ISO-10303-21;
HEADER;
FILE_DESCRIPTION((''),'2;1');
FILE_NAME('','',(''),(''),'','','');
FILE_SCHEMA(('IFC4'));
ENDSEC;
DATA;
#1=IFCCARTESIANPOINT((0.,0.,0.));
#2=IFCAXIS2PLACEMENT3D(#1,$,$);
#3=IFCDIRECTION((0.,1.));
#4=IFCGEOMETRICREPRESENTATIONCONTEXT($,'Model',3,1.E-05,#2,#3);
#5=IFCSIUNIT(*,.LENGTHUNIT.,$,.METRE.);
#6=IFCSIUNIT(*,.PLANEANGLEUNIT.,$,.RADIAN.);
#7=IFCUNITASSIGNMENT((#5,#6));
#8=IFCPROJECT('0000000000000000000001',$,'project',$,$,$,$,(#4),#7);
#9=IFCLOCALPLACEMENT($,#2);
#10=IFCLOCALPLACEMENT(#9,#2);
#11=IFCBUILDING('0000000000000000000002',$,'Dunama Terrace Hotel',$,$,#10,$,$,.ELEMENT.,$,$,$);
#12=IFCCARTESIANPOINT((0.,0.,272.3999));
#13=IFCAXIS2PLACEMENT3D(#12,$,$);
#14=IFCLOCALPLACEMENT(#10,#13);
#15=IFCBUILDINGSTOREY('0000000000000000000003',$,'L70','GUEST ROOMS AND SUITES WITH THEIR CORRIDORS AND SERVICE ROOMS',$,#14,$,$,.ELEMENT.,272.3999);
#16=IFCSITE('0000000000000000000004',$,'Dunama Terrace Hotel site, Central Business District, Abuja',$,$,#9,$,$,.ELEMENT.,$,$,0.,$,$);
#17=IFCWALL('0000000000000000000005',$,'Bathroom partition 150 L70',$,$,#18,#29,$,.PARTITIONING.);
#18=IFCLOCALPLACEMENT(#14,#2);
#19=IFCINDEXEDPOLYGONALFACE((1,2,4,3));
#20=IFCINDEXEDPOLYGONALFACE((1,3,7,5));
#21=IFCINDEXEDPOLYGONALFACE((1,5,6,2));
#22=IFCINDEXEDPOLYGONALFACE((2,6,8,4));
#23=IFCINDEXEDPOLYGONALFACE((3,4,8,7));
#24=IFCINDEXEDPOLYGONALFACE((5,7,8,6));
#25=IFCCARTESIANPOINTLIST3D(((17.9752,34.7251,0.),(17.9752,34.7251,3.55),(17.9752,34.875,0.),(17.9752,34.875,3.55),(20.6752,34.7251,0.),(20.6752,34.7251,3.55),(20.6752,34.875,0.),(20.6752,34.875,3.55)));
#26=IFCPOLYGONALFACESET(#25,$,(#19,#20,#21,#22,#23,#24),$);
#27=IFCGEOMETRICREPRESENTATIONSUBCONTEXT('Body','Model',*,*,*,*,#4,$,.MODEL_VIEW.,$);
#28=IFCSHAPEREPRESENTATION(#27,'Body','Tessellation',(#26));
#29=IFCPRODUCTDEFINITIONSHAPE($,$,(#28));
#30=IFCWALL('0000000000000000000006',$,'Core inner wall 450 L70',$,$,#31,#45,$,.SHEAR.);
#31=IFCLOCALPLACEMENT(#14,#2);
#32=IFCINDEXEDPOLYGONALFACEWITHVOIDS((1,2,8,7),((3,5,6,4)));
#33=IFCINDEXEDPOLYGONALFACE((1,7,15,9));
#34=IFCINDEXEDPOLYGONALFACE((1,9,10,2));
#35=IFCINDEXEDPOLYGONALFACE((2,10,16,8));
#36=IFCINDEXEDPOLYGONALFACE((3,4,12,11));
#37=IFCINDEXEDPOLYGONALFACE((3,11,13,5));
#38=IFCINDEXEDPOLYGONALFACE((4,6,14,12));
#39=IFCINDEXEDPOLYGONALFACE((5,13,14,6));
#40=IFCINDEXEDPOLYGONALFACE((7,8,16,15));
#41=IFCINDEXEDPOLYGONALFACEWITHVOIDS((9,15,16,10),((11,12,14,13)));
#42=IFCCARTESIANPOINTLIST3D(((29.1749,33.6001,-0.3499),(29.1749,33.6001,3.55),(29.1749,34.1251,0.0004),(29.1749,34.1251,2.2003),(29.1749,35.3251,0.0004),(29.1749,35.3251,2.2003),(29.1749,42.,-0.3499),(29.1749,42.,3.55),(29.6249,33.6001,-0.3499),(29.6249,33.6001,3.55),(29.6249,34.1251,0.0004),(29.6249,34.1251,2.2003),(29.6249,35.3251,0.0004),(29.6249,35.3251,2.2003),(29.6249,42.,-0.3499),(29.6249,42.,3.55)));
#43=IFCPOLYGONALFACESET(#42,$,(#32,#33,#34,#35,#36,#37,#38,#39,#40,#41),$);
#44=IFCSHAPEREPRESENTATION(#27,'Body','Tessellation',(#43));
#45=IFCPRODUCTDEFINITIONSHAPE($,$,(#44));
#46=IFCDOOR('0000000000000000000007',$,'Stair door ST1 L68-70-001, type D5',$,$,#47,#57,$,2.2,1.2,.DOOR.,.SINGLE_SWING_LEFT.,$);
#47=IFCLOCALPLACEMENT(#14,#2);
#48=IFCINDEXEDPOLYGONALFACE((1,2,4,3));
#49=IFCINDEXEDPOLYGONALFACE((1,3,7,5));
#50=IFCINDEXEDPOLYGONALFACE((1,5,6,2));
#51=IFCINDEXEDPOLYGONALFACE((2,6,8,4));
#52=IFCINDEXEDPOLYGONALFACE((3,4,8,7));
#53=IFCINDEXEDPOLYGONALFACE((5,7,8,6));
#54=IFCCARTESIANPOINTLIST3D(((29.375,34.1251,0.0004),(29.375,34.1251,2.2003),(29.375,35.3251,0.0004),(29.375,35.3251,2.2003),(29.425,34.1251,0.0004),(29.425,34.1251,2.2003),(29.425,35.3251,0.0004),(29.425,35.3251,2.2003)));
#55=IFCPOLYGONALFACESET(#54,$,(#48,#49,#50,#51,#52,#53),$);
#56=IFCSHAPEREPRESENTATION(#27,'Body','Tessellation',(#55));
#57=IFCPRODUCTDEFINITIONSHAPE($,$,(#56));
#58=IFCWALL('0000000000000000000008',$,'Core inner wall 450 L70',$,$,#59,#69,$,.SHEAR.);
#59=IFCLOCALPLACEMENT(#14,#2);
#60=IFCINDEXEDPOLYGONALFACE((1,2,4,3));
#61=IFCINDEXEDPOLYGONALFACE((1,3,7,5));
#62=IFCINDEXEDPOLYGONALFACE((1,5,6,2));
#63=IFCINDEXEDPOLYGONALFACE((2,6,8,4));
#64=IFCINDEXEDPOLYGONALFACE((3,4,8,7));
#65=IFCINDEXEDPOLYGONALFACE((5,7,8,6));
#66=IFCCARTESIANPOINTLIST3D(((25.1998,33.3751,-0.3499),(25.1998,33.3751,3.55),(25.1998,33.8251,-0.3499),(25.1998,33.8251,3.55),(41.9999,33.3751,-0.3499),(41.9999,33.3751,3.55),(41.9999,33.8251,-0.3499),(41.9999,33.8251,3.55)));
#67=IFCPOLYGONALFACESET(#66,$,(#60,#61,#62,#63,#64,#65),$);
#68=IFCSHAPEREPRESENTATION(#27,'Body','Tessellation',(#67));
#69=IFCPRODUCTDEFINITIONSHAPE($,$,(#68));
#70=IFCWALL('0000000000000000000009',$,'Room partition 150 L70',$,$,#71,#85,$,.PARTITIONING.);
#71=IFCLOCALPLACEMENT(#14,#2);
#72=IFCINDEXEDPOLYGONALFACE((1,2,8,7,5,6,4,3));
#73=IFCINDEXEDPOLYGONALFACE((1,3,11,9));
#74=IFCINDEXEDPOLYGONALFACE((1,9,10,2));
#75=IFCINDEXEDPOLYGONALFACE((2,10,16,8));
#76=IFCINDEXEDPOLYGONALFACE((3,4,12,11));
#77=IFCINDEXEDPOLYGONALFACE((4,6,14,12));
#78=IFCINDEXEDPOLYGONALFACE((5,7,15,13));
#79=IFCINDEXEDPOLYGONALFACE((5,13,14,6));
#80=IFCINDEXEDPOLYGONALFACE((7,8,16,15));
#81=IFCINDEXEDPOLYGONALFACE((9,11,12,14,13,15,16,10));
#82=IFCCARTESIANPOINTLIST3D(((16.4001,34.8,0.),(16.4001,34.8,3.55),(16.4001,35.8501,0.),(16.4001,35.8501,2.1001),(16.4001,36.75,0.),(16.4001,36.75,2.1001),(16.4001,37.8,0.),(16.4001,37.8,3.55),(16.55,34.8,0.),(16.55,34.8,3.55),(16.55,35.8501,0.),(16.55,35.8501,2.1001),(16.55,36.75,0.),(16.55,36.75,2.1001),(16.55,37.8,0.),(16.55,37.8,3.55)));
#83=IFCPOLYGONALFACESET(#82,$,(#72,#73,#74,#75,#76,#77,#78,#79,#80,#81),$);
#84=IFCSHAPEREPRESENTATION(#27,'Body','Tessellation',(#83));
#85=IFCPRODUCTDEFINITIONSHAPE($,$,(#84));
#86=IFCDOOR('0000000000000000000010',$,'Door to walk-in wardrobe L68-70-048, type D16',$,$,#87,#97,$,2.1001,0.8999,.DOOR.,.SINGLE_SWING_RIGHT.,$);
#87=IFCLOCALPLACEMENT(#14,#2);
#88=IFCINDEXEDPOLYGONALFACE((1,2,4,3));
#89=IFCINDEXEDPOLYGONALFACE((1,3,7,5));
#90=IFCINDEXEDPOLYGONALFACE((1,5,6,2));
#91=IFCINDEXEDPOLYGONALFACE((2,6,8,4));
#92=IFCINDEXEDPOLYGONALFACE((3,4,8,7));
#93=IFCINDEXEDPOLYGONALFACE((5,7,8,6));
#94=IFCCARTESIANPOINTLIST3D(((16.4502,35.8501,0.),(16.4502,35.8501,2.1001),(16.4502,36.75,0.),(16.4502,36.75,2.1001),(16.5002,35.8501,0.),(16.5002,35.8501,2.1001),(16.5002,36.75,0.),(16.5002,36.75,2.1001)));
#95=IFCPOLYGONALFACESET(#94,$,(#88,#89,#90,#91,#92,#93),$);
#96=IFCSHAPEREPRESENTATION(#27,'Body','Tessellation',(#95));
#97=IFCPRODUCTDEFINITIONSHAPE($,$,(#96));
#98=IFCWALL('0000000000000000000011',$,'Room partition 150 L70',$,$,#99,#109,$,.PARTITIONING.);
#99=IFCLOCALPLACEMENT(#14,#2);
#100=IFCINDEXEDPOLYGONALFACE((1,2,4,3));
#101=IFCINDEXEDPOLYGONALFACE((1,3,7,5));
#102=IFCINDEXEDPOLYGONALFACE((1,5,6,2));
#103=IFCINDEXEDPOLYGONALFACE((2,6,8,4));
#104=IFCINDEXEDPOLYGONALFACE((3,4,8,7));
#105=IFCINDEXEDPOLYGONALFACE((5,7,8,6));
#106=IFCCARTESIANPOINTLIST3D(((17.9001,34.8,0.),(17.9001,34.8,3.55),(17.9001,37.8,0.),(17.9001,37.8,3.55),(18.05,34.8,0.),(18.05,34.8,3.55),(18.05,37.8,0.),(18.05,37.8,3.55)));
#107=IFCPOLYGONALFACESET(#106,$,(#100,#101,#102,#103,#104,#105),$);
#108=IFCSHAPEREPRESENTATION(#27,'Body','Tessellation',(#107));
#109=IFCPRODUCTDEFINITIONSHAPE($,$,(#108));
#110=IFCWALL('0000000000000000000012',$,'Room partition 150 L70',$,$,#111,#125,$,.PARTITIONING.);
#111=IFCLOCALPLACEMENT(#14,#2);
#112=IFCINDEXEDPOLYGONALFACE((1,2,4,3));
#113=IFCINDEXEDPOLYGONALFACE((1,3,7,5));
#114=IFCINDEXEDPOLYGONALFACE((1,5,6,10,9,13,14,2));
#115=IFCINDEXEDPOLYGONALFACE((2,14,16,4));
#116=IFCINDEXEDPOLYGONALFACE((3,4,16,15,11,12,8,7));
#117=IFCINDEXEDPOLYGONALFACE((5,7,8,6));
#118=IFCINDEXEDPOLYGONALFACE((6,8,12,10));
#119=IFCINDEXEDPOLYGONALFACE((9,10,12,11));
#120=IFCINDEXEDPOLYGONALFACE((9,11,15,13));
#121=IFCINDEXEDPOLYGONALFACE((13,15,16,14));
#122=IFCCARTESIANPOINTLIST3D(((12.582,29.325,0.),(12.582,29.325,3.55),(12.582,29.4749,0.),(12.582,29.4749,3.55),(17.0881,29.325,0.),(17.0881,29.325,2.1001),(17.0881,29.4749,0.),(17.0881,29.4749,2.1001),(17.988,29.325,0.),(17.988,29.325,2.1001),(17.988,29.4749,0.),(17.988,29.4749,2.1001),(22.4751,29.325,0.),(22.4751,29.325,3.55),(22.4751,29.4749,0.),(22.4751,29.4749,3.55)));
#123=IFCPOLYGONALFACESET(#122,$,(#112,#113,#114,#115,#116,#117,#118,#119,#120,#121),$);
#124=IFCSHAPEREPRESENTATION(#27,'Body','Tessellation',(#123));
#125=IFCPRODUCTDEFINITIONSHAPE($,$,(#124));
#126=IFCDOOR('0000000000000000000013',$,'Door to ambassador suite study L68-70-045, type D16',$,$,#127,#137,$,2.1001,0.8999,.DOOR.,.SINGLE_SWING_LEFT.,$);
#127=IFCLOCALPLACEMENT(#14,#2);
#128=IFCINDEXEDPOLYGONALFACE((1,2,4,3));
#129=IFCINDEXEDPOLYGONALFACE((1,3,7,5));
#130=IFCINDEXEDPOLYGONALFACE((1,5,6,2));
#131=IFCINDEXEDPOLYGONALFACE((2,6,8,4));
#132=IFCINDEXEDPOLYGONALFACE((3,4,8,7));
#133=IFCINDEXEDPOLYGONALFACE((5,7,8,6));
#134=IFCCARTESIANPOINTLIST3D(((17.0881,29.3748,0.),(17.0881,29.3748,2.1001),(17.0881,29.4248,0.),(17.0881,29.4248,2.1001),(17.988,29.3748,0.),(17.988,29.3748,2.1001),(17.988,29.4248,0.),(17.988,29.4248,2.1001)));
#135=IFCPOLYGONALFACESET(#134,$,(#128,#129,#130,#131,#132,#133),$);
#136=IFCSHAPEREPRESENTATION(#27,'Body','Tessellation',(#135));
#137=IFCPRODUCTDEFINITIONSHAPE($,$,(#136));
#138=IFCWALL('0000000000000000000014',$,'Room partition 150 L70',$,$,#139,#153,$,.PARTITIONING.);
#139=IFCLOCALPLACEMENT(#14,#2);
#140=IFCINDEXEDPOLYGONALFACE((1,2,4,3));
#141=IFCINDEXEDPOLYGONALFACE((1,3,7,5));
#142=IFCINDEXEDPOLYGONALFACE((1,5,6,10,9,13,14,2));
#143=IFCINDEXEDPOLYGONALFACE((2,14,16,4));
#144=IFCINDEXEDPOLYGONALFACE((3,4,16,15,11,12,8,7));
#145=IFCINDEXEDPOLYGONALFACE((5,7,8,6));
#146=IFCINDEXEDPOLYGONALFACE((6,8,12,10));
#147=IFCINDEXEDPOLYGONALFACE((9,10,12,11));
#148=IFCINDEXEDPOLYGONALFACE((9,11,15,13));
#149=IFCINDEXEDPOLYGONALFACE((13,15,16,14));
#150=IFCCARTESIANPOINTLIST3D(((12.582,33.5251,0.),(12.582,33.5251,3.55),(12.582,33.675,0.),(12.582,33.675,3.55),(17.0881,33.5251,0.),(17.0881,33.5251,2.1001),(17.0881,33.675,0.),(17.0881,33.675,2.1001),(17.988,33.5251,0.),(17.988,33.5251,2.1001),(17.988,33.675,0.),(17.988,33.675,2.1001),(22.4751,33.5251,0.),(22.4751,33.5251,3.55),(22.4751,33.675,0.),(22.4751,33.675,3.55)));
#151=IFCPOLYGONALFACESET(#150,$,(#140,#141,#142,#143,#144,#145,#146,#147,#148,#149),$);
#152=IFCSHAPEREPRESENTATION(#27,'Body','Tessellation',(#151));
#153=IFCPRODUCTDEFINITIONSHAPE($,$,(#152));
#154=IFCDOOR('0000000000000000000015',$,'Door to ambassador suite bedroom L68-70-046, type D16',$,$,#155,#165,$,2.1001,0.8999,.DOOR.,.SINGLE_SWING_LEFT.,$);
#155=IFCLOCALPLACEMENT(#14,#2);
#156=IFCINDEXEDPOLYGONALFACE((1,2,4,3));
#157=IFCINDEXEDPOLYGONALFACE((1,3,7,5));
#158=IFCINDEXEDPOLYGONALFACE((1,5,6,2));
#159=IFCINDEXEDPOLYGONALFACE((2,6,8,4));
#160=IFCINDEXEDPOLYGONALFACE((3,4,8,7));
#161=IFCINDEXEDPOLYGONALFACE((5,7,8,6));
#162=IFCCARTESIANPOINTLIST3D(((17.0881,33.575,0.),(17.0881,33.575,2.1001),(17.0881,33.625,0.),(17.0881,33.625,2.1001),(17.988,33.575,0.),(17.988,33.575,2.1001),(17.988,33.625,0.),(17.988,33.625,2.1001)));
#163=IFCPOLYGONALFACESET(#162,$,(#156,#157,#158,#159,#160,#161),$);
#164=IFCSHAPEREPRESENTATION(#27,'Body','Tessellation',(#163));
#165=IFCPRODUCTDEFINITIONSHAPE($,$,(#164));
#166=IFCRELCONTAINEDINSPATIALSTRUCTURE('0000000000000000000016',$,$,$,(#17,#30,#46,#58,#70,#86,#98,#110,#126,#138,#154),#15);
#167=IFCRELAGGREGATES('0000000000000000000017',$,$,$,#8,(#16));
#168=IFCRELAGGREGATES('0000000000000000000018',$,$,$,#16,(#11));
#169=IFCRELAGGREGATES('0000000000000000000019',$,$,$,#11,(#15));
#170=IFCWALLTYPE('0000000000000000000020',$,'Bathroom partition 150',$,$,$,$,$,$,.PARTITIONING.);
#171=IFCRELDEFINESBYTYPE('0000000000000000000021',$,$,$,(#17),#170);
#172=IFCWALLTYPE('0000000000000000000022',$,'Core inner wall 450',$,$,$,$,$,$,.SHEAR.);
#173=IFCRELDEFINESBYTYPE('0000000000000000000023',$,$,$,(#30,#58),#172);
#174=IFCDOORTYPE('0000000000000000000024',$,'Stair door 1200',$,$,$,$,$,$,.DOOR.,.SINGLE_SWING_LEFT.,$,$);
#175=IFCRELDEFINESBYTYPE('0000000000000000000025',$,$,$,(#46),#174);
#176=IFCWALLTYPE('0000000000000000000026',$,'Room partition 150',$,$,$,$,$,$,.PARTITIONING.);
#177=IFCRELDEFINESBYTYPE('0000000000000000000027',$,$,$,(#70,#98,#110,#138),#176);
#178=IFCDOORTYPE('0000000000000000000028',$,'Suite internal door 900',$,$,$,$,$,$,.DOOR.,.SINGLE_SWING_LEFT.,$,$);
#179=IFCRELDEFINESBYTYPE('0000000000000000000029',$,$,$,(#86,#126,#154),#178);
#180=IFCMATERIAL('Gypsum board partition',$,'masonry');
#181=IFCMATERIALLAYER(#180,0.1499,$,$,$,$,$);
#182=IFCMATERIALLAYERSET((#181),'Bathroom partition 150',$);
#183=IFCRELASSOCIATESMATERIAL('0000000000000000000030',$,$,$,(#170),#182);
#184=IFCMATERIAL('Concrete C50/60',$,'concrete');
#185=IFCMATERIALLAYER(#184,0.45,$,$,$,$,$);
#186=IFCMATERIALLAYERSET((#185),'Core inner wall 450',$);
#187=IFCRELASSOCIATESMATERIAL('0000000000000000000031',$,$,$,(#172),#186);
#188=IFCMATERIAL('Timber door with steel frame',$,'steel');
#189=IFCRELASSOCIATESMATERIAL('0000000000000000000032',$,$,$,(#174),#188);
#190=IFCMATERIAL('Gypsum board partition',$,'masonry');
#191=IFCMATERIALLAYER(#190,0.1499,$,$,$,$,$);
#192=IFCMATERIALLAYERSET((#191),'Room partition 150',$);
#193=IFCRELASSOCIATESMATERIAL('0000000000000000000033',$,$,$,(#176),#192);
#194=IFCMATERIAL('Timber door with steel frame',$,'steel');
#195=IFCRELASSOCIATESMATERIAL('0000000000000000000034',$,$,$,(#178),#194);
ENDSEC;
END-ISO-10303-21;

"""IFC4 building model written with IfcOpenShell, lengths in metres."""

from ifc_helpers import new_model, si_unit, direction, frame, frame_2d, origin, place, context, subcontext, project, spatial, rectangle, extrude, material, layer, layer_set, type_object, element, fill, save


model = new_model("IFC4")

# Units and contexts
model_context = context("Model", 3, precision=1e-05, world=origin(), true_north=direction((0.0, 1.0)))
body_context = subcontext(model_context, "Body", "Model", "MODEL_VIEW")
ifc_project = project(units=[si_unit("LENGTHUNIT", "METRE"), si_unit("PLANEANGLEUNIT", "RADIAN")], contexts=[model_context])

# Site, building, storey
site_placement = place(None, origin())
site = spatial("IfcSite", under=ifc_project, at=site_placement, Name="Dunama Terrace Hotel site, Central Business District, Abuja", CompositionType="ELEMENT", RefElevation=0.0)
building_placement = place(site_placement, origin())
building = spatial("IfcBuilding", under=site, at=building_placement, Name="Dunama Terrace Hotel", CompositionType="ELEMENT")
storey_placement = place(building_placement, frame((0.0, 0.0, 272.3999)))
storey = spatial("IfcBuildingStorey", under=building, at=storey_placement, Name="L70", Description="GUEST ROOMS AND SUITES WITH THEIR CORRIDORS AND SERVICE ROOMS", CompositionType="ELEMENT", Elevation=272.3999)

# Shared definitions
ifc_material_1 = material(Name="Gypsum board partition", Category="masonry")
ifc_layer_1 = layer(ifc_material_1, 0.1499)
ifc_layer_set_1 = layer_set([ifc_layer_1], Name="Bathroom partition 150")
wall_type_1 = type_object("IfcWallType", Name="Bathroom partition 150", PredefinedType="PARTITIONING", material=ifc_layer_set_1)

# Wall
wall_1_placement = place(storey_placement, frame((17.9751, 34.8, 0.0), z_axis=(0.0, 0.0, 1.0), x_axis=(1.0, 0.0, 0.0)))
element("IfcWall", 1, at=wall_1_placement, inside=storey, type_object=wall_type_1, Name="Bathroom partition 150 L70", PredefinedType="PARTITIONING", context=body_context, shape_type="SweptSolid", body=[
    extrude(rectangle(XDim=2.7, YDim=0.1499, at=frame_2d((1.3501, 0.0))), origin(), (0.0, 0.0, 1.0), 3.55),
])

# Wall, opening, door
ifc_material_2 = material(Name="Concrete C50/60", Category="concrete")
ifc_layer_2 = layer(ifc_material_2, 0.45)
ifc_layer_set_2 = layer_set([ifc_layer_2], Name="Core inner wall 450")
wall_type_2 = type_object("IfcWallType", Name="Core inner wall 450", PredefinedType="SHEAR", material=ifc_layer_set_2)
wall_2_placement = place(storey_placement, frame((29.3999, 33.6001, -0.3499), z_axis=(0.0, 0.0, 1.0), x_axis=(0.0, 1.0, 0.0)))
wall_2 = element("IfcWall", 2, at=wall_2_placement, inside=storey, type_object=wall_type_2, Name="Core inner wall 450 L70", PredefinedType="SHEAR", context=body_context, shape_type="SweptSolid", body=[
    extrude(rectangle(XDim=8.3999, YDim=0.45, at=frame_2d((4.2, 0.0))), origin(), (0.0, 0.0, 1.0), 3.8999),
])
opening_1_placement = place(wall_2_placement, frame((0.5249, 0.0, 0.3501)))
opening_1 = element("IfcOpeningElement", 3, at=opening_1_placement, cuts=wall_2, PredefinedType="OPENING", context=body_context, shape_type="SweptSolid", body=[
    extrude(rectangle(XDim=1.2, YDim=2.2, at=frame_2d((0.6001, 1.1001))), frame((0.0, 0.2349, 0.0), z_axis=(0.0, -1.0, 0.0), x_axis=(1.0, 0.0, 0.0)), (0.0, 0.0, 1.0), 0.47),
])
ifc_material_3 = material(Name="Timber door with steel frame", Category="steel")
door_type_1 = type_object("IfcDoorType", Name="Stair door 1200", OperationType="SINGLE_SWING_LEFT", PredefinedType="DOOR", material=ifc_material_3)
door_1_placement = place(opening_1_placement, origin())
door_1 = element("IfcDoor", 4, at=door_1_placement, inside=storey, type_object=door_type_1, Name="Stair door ST1 L68-70-001, type D5", OperationType="SINGLE_SWING_LEFT", OverallHeight=2.2, OverallWidth=1.2, PredefinedType="DOOR", context=body_context, shape_type="SweptSolid", body=[
    extrude(rectangle(XDim=1.2, YDim=2.2, at=frame_2d((0.6001, 1.1001))), frame((0.0, 0.0249, 0.0), z_axis=(0.0, -1.0, 0.0), x_axis=(1.0, 0.0, 0.0)), (0.0, 0.0, 1.0), 0.05),
])
fill(opening_1, door_1)

# Wall
wall_3_placement = place(storey_placement, frame((25.2, 33.6001, -0.3499), z_axis=(0.0, 0.0, 1.0), x_axis=(1.0, 0.0, 0.0)))
element("IfcWall", 5, at=wall_3_placement, inside=storey, type_object=wall_type_2, Name="Core inner wall 450 L70", PredefinedType="SHEAR", context=body_context, shape_type="SweptSolid", body=[
    extrude(rectangle(XDim=16.8, YDim=0.45, at=frame_2d((8.3999, 0.0))), origin(), (0.0, 0.0, 1.0), 3.8999),
])

# Wall, opening, door
ifc_material_4 = material(Name="Gypsum board partition", Category="masonry")
ifc_layer_3 = layer(ifc_material_4, 0.1499)
ifc_layer_set_3 = layer_set([ifc_layer_3], Name="Room partition 150")
wall_type_3 = type_object("IfcWallType", Name="Room partition 150", PredefinedType="PARTITIONING", material=ifc_layer_set_3)
wall_4_placement = place(storey_placement, frame((16.4751, 34.8, 0.0), z_axis=(0.0, 0.0, 1.0), x_axis=(0.0, 1.0, 0.0)))
wall_4 = element("IfcWall", 6, at=wall_4_placement, inside=storey, type_object=wall_type_3, Name="Room partition 150 L70", PredefinedType="PARTITIONING", context=body_context, shape_type="SweptSolid", body=[
    extrude(rectangle(XDim=3.0, YDim=0.1499, at=frame_2d((1.5, 0.0))), origin(), (0.0, 0.0, 1.0), 3.55),
])
opening_2_placement = place(wall_4_placement, frame((1.05, 0.0, 0.0)))
opening_2 = element("IfcOpeningElement", 7, at=opening_2_placement, cuts=wall_4, PredefinedType="OPENING", context=body_context, shape_type="SweptSolid", body=[
    extrude(rectangle(XDim=0.8999, YDim=2.1001, at=frame_2d((0.45, 1.05))), frame((0.0, 0.085, 0.0), z_axis=(0.0, -1.0, 0.0), x_axis=(1.0, 0.0, 0.0)), (0.0, 0.0, 1.0), 0.1699),
])
ifc_material_5 = material(Name="Timber door with steel frame", Category="steel")
door_type_2 = type_object("IfcDoorType", Name="Suite internal door 900", OperationType="SINGLE_SWING_LEFT", PredefinedType="DOOR", material=ifc_material_5)
door_2_placement = place(opening_2_placement, frame((0.8999, 0.0, 0.0), z_axis=(0.0, 0.0, 1.0), x_axis=(-1.0, 0.0, 0.0)))
door_2 = element("IfcDoor", 8, at=door_2_placement, inside=storey, type_object=door_type_2, Name="Door to walk-in wardrobe L68-70-048, type D16", OperationType="SINGLE_SWING_RIGHT", OverallHeight=2.1001, OverallWidth=0.8999, PredefinedType="DOOR", context=body_context, shape_type="SweptSolid", body=[
    extrude(rectangle(XDim=0.8999, YDim=2.1001, at=frame_2d((0.45, 1.05))), frame((0.0, 0.0251, 0.0), z_axis=(0.0, -1.0, 0.0), x_axis=(1.0, 0.0, 0.0)), (0.0, 0.0, 1.0), 0.05),
])
fill(opening_2, door_2)

# Wall
wall_5_placement = place(storey_placement, frame((17.9751, 34.8, 0.0), z_axis=(0.0, 0.0, 1.0), x_axis=(0.0, 1.0, 0.0)))
element("IfcWall", 9, at=wall_5_placement, inside=storey, type_object=wall_type_3, Name="Room partition 150 L70", PredefinedType="PARTITIONING", context=body_context, shape_type="SweptSolid", body=[
    extrude(rectangle(XDim=3.0, YDim=0.1499, at=frame_2d((1.5, 0.0))), origin(), (0.0, 0.0, 1.0), 3.55),
])

# Walls, openings, doors
wall_6_placement = place(storey_placement, frame((12.582, 29.3999, 0.0), z_axis=(0.0, 0.0, 1.0), x_axis=(1.0, 0.0, 0.0)))
wall_6 = element("IfcWall", 10, at=wall_6_placement, inside=storey, type_object=wall_type_3, Name="Room partition 150 L70", PredefinedType="PARTITIONING", context=body_context, shape_type="SweptSolid", body=[
    extrude(rectangle(XDim=9.8931, YDim=0.1499, at=frame_2d((4.9465, 0.0))), origin(), (0.0, 0.0, 1.0), 3.55),
])
opening_3_placement = place(wall_6_placement, frame((4.5061, 0.0, 0.0)))
opening_3 = element("IfcOpeningElement", 11, at=opening_3_placement, cuts=wall_6, PredefinedType="OPENING", context=body_context, shape_type="SweptSolid", body=[
    extrude(rectangle(XDim=0.8999, YDim=2.1001, at=frame_2d((0.45, 1.05))), frame((0.0, 0.085, 0.0), z_axis=(0.0, -1.0, 0.0), x_axis=(1.0, 0.0, 0.0)), (0.0, 0.0, 1.0), 0.1699),
])
door_3_placement = place(opening_3_placement, frame((0.8999, 0.0, 0.0), z_axis=(0.0, 0.0, 1.0), x_axis=(-1.0, 0.0, 0.0)))
door_3 = element("IfcDoor", 12, at=door_3_placement, inside=storey, type_object=door_type_2, Name="Door to ambassador suite study L68-70-045, type D16", OperationType="SINGLE_SWING_LEFT", OverallHeight=2.1001, OverallWidth=0.8999, PredefinedType="DOOR", context=body_context, shape_type="SweptSolid", body=[
    extrude(rectangle(XDim=0.8999, YDim=2.1001, at=frame_2d((0.45, 1.05))), frame((0.0, 0.0251, 0.0), z_axis=(0.0, -1.0, 0.0), x_axis=(1.0, 0.0, 0.0)), (0.0, 0.0, 1.0), 0.05),
])
fill(opening_3, door_3)
wall_7_placement = place(storey_placement, frame((12.582, 33.6001, 0.0), z_axis=(0.0, 0.0, 1.0), x_axis=(1.0, 0.0, 0.0)))
wall_7 = element("IfcWall", 13, at=wall_7_placement, inside=storey, type_object=wall_type_3, Name="Room partition 150 L70", PredefinedType="PARTITIONING", context=body_context, shape_type="SweptSolid", body=[
    extrude(rectangle(XDim=9.8931, YDim=0.1499, at=frame_2d((4.9465, 0.0))), origin(), (0.0, 0.0, 1.0), 3.55),
])
opening_4_placement = place(wall_7_placement, frame((4.5061, 0.0, 0.0)))
opening_4 = element("IfcOpeningElement", 14, at=opening_4_placement, cuts=wall_7, PredefinedType="OPENING", context=body_context, shape_type="SweptSolid", body=[
    extrude(rectangle(XDim=0.8999, YDim=2.1001, at=frame_2d((0.45, 1.05))), frame((0.0, 0.085, 0.0), z_axis=(0.0, -1.0, 0.0), x_axis=(1.0, 0.0, 0.0)), (0.0, 0.0, 1.0), 0.1699),
])
door_4_placement = place(opening_4_placement, origin())
door_4 = element("IfcDoor", 15, at=door_4_placement, inside=storey, type_object=door_type_2, Name="Door to ambassador suite bedroom L68-70-046, type D16", OperationType="SINGLE_SWING_LEFT", OverallHeight=2.1001, OverallWidth=0.8999, PredefinedType="DOOR", context=body_context, shape_type="SweptSolid", body=[
    extrude(rectangle(XDim=0.8999, YDim=2.1001, at=frame_2d((0.45, 1.05))), frame((0.0, 0.0249, 0.0), z_axis=(0.0, -1.0, 0.0), x_axis=(1.0, 0.0, 0.0)), (0.0, 0.0, 1.0), 0.05),
])
fill(opening_4, door_4)

save(model, "model.ifc")
